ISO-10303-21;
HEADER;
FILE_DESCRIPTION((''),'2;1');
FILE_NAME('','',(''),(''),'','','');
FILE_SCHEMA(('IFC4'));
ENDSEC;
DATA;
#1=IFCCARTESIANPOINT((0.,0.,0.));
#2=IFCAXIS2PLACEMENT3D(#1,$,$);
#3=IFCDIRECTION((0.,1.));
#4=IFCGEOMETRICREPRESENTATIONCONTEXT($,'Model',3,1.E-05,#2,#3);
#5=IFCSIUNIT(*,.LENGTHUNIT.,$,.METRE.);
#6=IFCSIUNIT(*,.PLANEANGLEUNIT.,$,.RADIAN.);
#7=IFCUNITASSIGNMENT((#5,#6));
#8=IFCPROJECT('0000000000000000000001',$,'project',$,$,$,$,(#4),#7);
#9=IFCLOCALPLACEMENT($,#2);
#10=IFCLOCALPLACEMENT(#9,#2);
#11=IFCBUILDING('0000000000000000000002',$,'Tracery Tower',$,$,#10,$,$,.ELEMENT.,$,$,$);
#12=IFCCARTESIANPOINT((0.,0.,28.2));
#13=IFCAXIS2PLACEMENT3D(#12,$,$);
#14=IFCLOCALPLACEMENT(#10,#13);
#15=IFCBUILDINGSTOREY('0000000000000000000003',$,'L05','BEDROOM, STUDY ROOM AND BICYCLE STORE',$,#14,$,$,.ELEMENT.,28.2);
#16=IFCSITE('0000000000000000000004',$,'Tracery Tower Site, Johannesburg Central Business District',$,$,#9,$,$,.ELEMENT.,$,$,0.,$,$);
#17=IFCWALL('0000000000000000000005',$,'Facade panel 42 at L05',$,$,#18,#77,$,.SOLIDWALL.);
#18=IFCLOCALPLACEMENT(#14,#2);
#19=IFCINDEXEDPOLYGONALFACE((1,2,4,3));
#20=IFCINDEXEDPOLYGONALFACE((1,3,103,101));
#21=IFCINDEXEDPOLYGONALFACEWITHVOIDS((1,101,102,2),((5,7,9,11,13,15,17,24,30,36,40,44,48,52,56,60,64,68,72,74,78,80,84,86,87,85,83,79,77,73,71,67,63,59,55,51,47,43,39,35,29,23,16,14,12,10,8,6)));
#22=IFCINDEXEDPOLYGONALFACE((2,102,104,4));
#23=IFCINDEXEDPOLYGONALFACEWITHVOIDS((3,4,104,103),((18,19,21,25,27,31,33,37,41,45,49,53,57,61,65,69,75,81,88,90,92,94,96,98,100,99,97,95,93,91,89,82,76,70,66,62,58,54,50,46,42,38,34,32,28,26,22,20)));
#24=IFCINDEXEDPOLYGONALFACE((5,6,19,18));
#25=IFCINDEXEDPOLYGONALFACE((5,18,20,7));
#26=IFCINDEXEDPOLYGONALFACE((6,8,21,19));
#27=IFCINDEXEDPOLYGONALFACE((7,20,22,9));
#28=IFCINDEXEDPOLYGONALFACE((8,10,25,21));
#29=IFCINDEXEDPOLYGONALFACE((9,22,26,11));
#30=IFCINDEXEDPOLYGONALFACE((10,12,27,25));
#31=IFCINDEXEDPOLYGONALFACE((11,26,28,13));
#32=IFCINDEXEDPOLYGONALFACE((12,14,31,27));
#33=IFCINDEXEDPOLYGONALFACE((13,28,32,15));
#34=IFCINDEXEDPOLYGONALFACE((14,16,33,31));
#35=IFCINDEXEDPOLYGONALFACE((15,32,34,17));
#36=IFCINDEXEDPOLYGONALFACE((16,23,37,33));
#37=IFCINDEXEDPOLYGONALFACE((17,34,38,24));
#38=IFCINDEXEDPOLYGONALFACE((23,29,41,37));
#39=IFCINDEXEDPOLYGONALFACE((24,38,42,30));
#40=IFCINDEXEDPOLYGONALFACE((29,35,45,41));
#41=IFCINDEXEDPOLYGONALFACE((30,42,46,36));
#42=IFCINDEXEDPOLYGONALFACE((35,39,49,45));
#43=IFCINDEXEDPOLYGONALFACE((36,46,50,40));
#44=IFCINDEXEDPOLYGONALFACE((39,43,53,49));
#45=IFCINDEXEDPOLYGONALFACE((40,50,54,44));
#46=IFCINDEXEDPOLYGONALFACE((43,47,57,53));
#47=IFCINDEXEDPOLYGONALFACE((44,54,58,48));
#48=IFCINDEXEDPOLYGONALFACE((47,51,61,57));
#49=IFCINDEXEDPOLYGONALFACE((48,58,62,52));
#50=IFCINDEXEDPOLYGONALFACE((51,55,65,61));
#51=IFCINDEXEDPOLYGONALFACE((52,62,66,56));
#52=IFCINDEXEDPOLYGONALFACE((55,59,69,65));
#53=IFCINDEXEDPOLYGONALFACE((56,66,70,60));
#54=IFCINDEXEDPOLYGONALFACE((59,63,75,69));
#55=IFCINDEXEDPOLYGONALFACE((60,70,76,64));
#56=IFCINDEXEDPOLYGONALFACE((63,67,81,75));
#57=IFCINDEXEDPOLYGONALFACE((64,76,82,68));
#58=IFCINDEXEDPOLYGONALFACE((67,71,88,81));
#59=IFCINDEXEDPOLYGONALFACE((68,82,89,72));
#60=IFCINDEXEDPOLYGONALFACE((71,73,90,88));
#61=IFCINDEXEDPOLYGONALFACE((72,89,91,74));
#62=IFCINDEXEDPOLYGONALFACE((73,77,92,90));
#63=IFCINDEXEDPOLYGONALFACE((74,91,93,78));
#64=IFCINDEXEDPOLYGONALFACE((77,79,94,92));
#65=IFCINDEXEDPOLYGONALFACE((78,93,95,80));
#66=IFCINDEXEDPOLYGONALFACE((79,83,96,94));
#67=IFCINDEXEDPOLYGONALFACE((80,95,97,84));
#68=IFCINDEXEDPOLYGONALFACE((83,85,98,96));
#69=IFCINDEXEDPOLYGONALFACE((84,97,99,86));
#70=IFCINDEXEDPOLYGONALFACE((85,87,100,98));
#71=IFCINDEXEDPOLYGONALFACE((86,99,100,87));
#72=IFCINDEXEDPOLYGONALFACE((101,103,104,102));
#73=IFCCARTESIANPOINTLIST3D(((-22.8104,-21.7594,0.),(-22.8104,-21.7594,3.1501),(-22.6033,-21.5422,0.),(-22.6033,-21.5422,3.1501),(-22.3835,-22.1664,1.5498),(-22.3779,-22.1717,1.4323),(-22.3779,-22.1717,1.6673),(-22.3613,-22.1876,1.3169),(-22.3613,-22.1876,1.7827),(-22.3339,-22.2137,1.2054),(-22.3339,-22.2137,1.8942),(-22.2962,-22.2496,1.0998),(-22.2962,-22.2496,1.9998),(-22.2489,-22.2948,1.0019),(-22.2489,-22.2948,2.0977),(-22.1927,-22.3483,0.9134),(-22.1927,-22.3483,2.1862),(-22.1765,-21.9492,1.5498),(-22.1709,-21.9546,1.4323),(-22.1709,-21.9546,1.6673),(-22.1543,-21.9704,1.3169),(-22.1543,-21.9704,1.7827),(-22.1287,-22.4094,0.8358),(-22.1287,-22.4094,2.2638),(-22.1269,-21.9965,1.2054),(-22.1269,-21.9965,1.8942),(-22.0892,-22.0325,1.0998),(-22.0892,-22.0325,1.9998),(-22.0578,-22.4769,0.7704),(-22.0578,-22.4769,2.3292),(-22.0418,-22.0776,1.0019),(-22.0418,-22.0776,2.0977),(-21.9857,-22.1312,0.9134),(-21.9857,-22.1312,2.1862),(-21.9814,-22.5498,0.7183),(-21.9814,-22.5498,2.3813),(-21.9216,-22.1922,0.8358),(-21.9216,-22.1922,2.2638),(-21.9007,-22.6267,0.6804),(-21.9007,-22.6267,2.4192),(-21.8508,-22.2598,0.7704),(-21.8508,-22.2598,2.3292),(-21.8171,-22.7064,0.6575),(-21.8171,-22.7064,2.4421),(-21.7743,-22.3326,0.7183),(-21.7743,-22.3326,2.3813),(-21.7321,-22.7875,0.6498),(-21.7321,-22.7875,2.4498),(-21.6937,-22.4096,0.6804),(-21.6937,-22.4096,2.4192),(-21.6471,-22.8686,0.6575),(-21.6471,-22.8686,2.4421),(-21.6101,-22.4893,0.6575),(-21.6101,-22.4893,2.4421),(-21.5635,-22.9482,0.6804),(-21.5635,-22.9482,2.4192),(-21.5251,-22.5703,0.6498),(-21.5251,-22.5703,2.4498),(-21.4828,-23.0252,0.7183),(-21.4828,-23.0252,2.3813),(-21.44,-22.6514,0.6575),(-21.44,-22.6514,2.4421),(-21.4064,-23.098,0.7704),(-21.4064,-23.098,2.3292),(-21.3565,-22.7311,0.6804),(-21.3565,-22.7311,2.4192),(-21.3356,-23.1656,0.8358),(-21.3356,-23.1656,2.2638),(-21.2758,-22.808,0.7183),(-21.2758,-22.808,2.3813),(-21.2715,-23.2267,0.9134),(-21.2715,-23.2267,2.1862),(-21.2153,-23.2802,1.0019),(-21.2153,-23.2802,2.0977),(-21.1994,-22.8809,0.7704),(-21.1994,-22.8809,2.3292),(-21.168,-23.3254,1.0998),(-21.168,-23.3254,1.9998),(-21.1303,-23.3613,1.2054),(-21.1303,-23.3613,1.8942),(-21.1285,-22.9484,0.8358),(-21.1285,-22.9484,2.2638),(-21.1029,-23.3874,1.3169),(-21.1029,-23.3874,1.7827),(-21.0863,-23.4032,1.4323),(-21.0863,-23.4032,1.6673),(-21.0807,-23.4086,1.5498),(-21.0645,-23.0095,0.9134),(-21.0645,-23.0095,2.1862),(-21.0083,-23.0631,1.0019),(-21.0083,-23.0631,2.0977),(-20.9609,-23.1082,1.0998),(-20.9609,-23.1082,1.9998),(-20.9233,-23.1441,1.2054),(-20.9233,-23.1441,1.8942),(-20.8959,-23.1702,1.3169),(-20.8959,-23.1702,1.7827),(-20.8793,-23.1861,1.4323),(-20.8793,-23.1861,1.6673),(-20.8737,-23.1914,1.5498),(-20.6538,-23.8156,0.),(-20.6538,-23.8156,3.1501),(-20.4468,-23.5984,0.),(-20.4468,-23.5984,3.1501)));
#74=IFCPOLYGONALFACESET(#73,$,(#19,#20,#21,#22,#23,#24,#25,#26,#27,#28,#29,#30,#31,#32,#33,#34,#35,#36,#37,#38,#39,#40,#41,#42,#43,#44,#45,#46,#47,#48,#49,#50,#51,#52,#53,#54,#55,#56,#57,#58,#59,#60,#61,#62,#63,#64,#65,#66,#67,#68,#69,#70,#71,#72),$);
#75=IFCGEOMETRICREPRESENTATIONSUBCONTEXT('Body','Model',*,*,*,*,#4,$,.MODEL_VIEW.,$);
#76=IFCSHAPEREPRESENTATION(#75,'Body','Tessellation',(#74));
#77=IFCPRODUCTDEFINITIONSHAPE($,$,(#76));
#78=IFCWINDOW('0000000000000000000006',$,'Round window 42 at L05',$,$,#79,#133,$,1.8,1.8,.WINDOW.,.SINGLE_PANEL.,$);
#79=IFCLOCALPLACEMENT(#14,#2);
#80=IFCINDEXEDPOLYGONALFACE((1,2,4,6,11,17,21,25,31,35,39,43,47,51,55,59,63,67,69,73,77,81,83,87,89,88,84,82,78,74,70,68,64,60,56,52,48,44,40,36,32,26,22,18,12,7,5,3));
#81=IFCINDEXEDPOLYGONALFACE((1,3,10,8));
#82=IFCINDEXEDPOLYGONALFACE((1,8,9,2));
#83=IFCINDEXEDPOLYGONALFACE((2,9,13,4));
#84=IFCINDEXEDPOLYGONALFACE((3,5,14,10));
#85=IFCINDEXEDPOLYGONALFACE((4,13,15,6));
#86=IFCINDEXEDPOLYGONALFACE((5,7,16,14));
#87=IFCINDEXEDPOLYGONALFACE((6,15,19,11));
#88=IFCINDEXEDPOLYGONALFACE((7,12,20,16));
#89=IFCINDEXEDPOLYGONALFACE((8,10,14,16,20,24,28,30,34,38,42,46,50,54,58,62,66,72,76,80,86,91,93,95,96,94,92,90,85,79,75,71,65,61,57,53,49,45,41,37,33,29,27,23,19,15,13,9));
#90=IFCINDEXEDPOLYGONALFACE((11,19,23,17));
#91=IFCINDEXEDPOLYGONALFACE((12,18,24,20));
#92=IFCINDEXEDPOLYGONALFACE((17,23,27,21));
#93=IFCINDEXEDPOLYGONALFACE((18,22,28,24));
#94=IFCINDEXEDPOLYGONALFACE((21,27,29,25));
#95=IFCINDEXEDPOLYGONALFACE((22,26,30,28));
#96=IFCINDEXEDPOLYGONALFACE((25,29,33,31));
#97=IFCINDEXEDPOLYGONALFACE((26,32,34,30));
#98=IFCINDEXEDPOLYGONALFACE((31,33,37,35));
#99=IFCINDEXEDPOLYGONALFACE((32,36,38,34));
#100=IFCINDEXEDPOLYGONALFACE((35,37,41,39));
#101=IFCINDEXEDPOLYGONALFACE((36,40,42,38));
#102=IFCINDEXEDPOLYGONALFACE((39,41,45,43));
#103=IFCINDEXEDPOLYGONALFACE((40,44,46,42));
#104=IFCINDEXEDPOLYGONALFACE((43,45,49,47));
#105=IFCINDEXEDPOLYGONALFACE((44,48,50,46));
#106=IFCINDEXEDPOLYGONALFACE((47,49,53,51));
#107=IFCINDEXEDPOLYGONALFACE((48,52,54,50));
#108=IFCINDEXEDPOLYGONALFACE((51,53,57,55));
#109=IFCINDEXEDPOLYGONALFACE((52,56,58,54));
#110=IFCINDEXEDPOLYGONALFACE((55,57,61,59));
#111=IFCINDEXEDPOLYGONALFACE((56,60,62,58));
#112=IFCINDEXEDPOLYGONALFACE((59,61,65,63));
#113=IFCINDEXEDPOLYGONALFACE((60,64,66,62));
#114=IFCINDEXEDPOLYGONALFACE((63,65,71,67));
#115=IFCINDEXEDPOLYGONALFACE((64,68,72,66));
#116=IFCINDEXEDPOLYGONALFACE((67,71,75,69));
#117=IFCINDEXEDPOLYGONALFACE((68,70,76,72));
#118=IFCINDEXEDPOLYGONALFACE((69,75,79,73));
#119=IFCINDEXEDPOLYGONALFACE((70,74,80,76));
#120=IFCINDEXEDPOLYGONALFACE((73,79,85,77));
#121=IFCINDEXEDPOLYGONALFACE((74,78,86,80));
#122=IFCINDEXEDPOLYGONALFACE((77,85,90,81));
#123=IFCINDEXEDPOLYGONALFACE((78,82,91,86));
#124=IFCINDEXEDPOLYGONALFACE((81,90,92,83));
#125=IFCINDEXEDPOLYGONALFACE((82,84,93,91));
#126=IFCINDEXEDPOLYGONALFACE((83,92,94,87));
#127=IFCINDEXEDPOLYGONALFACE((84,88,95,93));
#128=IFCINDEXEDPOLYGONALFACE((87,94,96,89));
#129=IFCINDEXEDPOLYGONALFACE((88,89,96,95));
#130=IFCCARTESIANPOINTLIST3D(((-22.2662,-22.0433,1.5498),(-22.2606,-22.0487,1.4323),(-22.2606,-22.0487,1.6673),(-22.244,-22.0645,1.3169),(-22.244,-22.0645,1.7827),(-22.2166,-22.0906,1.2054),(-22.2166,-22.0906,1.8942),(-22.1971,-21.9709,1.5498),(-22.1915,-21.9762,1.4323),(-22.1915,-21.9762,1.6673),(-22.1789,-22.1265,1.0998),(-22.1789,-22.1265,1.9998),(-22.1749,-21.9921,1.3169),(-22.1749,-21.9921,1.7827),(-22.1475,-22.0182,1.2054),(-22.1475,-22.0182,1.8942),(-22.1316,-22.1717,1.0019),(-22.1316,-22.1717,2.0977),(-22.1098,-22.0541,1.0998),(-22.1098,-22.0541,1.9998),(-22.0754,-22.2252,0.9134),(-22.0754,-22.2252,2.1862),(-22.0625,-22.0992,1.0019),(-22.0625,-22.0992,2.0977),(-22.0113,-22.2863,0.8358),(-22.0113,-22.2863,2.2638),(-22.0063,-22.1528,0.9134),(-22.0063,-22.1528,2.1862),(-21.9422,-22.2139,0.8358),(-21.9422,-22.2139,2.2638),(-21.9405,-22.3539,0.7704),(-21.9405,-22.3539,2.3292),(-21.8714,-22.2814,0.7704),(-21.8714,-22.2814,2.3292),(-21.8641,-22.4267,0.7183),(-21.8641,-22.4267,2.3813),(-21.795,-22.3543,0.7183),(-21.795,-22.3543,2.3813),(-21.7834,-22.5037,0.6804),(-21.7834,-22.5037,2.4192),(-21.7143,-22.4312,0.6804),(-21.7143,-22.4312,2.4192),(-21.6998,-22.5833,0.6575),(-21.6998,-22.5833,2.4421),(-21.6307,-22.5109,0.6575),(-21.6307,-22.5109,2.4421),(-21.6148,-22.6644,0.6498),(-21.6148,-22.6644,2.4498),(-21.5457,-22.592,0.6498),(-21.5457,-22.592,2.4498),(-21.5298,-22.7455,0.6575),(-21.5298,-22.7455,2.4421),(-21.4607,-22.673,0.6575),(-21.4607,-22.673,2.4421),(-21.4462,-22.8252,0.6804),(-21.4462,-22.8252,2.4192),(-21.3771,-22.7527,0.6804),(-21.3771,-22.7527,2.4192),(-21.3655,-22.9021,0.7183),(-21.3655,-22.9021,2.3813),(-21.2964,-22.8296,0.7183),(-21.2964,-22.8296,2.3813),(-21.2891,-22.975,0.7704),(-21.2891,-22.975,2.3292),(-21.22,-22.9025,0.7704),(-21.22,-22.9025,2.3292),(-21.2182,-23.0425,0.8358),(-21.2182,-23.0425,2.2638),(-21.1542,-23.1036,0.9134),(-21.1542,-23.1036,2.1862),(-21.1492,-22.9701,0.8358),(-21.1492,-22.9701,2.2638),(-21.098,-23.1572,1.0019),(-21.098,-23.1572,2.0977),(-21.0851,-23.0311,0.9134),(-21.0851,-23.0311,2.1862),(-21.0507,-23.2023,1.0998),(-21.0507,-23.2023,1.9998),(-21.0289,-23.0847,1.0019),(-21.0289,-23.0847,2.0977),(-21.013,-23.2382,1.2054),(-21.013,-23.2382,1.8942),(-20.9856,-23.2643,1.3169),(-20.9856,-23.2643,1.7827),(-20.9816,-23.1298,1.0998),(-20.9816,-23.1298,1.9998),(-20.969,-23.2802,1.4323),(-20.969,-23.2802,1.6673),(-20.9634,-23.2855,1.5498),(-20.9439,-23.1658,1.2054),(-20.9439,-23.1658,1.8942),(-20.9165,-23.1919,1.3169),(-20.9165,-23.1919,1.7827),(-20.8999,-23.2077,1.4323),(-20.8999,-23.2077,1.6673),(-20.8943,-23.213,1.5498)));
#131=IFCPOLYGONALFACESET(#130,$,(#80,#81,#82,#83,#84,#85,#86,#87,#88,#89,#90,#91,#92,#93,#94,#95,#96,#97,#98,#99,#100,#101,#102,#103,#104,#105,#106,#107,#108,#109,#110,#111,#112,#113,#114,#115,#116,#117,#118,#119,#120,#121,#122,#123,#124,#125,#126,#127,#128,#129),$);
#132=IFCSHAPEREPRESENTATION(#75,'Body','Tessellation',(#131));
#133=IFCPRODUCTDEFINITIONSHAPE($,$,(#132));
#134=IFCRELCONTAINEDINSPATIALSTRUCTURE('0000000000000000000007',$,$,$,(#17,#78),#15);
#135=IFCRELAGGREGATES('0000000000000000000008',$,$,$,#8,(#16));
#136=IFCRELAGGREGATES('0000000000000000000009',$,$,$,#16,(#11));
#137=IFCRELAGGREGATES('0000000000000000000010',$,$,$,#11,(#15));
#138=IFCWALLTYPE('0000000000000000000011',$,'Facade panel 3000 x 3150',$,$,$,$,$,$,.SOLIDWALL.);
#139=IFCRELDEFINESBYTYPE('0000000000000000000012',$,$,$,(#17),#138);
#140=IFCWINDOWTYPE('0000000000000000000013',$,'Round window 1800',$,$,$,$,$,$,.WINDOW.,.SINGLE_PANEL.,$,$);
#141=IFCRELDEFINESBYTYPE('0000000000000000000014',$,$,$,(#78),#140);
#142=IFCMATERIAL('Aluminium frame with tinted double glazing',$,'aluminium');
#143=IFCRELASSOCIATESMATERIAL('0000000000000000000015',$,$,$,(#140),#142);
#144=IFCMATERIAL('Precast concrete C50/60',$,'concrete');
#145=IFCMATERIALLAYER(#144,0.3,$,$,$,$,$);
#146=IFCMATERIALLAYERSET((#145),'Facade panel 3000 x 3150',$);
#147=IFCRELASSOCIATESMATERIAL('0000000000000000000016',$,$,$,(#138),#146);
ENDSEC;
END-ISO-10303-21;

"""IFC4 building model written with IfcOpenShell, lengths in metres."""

from ifc_helpers import new_model, si_unit, direction, frame, frame_2d, origin, origin_2d, place, context, subcontext, project, spatial, rectangle, circle, extrude, material, layer, layer_set, type_object, element, fill, save


model = new_model("IFC4")

# Units and contexts
model_context = context("Model", 3, precision=1e-05, world=origin(), true_north=direction((0.0, 1.0)))
body_context = subcontext(model_context, "Body", "Model", "MODEL_VIEW")
ifc_project = project(units=[si_unit("LENGTHUNIT", "METRE"), si_unit("PLANEANGLEUNIT", "RADIAN")], contexts=[model_context])

# Site, building, storey
site_placement = place(None, origin())
site = spatial("IfcSite", under=ifc_project, at=site_placement, Name="Tracery Tower Site, Johannesburg Central Business District", CompositionType="ELEMENT", RefElevation=0.0)
building_placement = place(site_placement, origin())
building = spatial("IfcBuilding", under=site, at=building_placement, Name="Tracery Tower", CompositionType="ELEMENT")
storey_placement = place(building_placement, frame((0.0, 0.0, 28.2)))
storey = spatial("IfcBuildingStorey", under=building, at=storey_placement, Name="L05", Description="BEDROOM, STUDY ROOM AND BICYCLE STORE", CompositionType="ELEMENT", Elevation=28.2)

# Wall, opening, window
ifc_material_1 = material(Name="Aluminium frame with tinted double glazing", Category="aluminium")
window_type = type_object("IfcWindowType", Name="Round window 1800", PartitioningType="SINGLE_PANEL", PredefinedType="WINDOW", material=ifc_material_1)
ifc_material_2 = material(Name="Precast concrete C50/60", Category="concrete")
ifc_layer_1 = layer(ifc_material_2, 0.3)
ifc_layer_set_1 = layer_set([ifc_layer_1], Name="Facade panel 3000 x 3150")
wall_type_1 = type_object("IfcWallType", Name="Facade panel 3000 x 3150", PredefinedType="SOLIDWALL", material=ifc_layer_set_1)
wall_1_placement = place(storey_placement, frame((-22.7068, -21.6509, 0.0), z_axis=(0.0, 0.0, 1.0), x_axis=(0.723744, -0.690068, 0.0)))
wall_1 = element("IfcWall", 1, at=wall_1_placement, inside=storey, type_object=wall_type_1, Name="Facade panel 42 at L05", PredefinedType="SOLIDWALL", context=body_context, shape_type="SweptSolid", body=[
    extrude(rectangle(XDim=2.9797, YDim=0.3, at=frame_2d((1.4897, 0.0))), origin(), (0.0, 0.0, 1.0), 3.1501),
])
opening_1_placement = place(wall_1_placement, frame((1.4897, 0.0, 1.5498)))
opening_1 = element("IfcOpeningElement", 2, at=opening_1_placement, cuts=wall_1, PredefinedType="OPENING", context=body_context, shape_type="SweptSolid", body=[
    extrude(circle(Radius=0.9, at=origin_2d()), frame((0.0, 0.1599, 0.0), z_axis=(0.0, -1.0, 0.0), x_axis=(1.0, 0.0, 0.0)), (0.0, 0.0, 1.0), 0.3201),
])
window_1_placement = place(opening_1_placement, origin())
window_1 = element("IfcWindow", 3, at=window_1_placement, inside=storey, type_object=window_type, Name="Round window 42 at L05", OverallHeight=1.8, OverallWidth=1.8, PartitioningType="SINGLE_PANEL", PredefinedType="WINDOW", context=body_context, shape_type="SweptSolid", body=[
    extrude(circle(Radius=0.9, at=origin_2d()), frame((0.0, 0.1201, 0.0), z_axis=(0.0, -1.0, 0.0), x_axis=(1.0, 0.0, 0.0)), (0.0, 0.0, 1.0), 0.1001),
])
fill(opening_1, window_1)

save(model, "model.ifc")
